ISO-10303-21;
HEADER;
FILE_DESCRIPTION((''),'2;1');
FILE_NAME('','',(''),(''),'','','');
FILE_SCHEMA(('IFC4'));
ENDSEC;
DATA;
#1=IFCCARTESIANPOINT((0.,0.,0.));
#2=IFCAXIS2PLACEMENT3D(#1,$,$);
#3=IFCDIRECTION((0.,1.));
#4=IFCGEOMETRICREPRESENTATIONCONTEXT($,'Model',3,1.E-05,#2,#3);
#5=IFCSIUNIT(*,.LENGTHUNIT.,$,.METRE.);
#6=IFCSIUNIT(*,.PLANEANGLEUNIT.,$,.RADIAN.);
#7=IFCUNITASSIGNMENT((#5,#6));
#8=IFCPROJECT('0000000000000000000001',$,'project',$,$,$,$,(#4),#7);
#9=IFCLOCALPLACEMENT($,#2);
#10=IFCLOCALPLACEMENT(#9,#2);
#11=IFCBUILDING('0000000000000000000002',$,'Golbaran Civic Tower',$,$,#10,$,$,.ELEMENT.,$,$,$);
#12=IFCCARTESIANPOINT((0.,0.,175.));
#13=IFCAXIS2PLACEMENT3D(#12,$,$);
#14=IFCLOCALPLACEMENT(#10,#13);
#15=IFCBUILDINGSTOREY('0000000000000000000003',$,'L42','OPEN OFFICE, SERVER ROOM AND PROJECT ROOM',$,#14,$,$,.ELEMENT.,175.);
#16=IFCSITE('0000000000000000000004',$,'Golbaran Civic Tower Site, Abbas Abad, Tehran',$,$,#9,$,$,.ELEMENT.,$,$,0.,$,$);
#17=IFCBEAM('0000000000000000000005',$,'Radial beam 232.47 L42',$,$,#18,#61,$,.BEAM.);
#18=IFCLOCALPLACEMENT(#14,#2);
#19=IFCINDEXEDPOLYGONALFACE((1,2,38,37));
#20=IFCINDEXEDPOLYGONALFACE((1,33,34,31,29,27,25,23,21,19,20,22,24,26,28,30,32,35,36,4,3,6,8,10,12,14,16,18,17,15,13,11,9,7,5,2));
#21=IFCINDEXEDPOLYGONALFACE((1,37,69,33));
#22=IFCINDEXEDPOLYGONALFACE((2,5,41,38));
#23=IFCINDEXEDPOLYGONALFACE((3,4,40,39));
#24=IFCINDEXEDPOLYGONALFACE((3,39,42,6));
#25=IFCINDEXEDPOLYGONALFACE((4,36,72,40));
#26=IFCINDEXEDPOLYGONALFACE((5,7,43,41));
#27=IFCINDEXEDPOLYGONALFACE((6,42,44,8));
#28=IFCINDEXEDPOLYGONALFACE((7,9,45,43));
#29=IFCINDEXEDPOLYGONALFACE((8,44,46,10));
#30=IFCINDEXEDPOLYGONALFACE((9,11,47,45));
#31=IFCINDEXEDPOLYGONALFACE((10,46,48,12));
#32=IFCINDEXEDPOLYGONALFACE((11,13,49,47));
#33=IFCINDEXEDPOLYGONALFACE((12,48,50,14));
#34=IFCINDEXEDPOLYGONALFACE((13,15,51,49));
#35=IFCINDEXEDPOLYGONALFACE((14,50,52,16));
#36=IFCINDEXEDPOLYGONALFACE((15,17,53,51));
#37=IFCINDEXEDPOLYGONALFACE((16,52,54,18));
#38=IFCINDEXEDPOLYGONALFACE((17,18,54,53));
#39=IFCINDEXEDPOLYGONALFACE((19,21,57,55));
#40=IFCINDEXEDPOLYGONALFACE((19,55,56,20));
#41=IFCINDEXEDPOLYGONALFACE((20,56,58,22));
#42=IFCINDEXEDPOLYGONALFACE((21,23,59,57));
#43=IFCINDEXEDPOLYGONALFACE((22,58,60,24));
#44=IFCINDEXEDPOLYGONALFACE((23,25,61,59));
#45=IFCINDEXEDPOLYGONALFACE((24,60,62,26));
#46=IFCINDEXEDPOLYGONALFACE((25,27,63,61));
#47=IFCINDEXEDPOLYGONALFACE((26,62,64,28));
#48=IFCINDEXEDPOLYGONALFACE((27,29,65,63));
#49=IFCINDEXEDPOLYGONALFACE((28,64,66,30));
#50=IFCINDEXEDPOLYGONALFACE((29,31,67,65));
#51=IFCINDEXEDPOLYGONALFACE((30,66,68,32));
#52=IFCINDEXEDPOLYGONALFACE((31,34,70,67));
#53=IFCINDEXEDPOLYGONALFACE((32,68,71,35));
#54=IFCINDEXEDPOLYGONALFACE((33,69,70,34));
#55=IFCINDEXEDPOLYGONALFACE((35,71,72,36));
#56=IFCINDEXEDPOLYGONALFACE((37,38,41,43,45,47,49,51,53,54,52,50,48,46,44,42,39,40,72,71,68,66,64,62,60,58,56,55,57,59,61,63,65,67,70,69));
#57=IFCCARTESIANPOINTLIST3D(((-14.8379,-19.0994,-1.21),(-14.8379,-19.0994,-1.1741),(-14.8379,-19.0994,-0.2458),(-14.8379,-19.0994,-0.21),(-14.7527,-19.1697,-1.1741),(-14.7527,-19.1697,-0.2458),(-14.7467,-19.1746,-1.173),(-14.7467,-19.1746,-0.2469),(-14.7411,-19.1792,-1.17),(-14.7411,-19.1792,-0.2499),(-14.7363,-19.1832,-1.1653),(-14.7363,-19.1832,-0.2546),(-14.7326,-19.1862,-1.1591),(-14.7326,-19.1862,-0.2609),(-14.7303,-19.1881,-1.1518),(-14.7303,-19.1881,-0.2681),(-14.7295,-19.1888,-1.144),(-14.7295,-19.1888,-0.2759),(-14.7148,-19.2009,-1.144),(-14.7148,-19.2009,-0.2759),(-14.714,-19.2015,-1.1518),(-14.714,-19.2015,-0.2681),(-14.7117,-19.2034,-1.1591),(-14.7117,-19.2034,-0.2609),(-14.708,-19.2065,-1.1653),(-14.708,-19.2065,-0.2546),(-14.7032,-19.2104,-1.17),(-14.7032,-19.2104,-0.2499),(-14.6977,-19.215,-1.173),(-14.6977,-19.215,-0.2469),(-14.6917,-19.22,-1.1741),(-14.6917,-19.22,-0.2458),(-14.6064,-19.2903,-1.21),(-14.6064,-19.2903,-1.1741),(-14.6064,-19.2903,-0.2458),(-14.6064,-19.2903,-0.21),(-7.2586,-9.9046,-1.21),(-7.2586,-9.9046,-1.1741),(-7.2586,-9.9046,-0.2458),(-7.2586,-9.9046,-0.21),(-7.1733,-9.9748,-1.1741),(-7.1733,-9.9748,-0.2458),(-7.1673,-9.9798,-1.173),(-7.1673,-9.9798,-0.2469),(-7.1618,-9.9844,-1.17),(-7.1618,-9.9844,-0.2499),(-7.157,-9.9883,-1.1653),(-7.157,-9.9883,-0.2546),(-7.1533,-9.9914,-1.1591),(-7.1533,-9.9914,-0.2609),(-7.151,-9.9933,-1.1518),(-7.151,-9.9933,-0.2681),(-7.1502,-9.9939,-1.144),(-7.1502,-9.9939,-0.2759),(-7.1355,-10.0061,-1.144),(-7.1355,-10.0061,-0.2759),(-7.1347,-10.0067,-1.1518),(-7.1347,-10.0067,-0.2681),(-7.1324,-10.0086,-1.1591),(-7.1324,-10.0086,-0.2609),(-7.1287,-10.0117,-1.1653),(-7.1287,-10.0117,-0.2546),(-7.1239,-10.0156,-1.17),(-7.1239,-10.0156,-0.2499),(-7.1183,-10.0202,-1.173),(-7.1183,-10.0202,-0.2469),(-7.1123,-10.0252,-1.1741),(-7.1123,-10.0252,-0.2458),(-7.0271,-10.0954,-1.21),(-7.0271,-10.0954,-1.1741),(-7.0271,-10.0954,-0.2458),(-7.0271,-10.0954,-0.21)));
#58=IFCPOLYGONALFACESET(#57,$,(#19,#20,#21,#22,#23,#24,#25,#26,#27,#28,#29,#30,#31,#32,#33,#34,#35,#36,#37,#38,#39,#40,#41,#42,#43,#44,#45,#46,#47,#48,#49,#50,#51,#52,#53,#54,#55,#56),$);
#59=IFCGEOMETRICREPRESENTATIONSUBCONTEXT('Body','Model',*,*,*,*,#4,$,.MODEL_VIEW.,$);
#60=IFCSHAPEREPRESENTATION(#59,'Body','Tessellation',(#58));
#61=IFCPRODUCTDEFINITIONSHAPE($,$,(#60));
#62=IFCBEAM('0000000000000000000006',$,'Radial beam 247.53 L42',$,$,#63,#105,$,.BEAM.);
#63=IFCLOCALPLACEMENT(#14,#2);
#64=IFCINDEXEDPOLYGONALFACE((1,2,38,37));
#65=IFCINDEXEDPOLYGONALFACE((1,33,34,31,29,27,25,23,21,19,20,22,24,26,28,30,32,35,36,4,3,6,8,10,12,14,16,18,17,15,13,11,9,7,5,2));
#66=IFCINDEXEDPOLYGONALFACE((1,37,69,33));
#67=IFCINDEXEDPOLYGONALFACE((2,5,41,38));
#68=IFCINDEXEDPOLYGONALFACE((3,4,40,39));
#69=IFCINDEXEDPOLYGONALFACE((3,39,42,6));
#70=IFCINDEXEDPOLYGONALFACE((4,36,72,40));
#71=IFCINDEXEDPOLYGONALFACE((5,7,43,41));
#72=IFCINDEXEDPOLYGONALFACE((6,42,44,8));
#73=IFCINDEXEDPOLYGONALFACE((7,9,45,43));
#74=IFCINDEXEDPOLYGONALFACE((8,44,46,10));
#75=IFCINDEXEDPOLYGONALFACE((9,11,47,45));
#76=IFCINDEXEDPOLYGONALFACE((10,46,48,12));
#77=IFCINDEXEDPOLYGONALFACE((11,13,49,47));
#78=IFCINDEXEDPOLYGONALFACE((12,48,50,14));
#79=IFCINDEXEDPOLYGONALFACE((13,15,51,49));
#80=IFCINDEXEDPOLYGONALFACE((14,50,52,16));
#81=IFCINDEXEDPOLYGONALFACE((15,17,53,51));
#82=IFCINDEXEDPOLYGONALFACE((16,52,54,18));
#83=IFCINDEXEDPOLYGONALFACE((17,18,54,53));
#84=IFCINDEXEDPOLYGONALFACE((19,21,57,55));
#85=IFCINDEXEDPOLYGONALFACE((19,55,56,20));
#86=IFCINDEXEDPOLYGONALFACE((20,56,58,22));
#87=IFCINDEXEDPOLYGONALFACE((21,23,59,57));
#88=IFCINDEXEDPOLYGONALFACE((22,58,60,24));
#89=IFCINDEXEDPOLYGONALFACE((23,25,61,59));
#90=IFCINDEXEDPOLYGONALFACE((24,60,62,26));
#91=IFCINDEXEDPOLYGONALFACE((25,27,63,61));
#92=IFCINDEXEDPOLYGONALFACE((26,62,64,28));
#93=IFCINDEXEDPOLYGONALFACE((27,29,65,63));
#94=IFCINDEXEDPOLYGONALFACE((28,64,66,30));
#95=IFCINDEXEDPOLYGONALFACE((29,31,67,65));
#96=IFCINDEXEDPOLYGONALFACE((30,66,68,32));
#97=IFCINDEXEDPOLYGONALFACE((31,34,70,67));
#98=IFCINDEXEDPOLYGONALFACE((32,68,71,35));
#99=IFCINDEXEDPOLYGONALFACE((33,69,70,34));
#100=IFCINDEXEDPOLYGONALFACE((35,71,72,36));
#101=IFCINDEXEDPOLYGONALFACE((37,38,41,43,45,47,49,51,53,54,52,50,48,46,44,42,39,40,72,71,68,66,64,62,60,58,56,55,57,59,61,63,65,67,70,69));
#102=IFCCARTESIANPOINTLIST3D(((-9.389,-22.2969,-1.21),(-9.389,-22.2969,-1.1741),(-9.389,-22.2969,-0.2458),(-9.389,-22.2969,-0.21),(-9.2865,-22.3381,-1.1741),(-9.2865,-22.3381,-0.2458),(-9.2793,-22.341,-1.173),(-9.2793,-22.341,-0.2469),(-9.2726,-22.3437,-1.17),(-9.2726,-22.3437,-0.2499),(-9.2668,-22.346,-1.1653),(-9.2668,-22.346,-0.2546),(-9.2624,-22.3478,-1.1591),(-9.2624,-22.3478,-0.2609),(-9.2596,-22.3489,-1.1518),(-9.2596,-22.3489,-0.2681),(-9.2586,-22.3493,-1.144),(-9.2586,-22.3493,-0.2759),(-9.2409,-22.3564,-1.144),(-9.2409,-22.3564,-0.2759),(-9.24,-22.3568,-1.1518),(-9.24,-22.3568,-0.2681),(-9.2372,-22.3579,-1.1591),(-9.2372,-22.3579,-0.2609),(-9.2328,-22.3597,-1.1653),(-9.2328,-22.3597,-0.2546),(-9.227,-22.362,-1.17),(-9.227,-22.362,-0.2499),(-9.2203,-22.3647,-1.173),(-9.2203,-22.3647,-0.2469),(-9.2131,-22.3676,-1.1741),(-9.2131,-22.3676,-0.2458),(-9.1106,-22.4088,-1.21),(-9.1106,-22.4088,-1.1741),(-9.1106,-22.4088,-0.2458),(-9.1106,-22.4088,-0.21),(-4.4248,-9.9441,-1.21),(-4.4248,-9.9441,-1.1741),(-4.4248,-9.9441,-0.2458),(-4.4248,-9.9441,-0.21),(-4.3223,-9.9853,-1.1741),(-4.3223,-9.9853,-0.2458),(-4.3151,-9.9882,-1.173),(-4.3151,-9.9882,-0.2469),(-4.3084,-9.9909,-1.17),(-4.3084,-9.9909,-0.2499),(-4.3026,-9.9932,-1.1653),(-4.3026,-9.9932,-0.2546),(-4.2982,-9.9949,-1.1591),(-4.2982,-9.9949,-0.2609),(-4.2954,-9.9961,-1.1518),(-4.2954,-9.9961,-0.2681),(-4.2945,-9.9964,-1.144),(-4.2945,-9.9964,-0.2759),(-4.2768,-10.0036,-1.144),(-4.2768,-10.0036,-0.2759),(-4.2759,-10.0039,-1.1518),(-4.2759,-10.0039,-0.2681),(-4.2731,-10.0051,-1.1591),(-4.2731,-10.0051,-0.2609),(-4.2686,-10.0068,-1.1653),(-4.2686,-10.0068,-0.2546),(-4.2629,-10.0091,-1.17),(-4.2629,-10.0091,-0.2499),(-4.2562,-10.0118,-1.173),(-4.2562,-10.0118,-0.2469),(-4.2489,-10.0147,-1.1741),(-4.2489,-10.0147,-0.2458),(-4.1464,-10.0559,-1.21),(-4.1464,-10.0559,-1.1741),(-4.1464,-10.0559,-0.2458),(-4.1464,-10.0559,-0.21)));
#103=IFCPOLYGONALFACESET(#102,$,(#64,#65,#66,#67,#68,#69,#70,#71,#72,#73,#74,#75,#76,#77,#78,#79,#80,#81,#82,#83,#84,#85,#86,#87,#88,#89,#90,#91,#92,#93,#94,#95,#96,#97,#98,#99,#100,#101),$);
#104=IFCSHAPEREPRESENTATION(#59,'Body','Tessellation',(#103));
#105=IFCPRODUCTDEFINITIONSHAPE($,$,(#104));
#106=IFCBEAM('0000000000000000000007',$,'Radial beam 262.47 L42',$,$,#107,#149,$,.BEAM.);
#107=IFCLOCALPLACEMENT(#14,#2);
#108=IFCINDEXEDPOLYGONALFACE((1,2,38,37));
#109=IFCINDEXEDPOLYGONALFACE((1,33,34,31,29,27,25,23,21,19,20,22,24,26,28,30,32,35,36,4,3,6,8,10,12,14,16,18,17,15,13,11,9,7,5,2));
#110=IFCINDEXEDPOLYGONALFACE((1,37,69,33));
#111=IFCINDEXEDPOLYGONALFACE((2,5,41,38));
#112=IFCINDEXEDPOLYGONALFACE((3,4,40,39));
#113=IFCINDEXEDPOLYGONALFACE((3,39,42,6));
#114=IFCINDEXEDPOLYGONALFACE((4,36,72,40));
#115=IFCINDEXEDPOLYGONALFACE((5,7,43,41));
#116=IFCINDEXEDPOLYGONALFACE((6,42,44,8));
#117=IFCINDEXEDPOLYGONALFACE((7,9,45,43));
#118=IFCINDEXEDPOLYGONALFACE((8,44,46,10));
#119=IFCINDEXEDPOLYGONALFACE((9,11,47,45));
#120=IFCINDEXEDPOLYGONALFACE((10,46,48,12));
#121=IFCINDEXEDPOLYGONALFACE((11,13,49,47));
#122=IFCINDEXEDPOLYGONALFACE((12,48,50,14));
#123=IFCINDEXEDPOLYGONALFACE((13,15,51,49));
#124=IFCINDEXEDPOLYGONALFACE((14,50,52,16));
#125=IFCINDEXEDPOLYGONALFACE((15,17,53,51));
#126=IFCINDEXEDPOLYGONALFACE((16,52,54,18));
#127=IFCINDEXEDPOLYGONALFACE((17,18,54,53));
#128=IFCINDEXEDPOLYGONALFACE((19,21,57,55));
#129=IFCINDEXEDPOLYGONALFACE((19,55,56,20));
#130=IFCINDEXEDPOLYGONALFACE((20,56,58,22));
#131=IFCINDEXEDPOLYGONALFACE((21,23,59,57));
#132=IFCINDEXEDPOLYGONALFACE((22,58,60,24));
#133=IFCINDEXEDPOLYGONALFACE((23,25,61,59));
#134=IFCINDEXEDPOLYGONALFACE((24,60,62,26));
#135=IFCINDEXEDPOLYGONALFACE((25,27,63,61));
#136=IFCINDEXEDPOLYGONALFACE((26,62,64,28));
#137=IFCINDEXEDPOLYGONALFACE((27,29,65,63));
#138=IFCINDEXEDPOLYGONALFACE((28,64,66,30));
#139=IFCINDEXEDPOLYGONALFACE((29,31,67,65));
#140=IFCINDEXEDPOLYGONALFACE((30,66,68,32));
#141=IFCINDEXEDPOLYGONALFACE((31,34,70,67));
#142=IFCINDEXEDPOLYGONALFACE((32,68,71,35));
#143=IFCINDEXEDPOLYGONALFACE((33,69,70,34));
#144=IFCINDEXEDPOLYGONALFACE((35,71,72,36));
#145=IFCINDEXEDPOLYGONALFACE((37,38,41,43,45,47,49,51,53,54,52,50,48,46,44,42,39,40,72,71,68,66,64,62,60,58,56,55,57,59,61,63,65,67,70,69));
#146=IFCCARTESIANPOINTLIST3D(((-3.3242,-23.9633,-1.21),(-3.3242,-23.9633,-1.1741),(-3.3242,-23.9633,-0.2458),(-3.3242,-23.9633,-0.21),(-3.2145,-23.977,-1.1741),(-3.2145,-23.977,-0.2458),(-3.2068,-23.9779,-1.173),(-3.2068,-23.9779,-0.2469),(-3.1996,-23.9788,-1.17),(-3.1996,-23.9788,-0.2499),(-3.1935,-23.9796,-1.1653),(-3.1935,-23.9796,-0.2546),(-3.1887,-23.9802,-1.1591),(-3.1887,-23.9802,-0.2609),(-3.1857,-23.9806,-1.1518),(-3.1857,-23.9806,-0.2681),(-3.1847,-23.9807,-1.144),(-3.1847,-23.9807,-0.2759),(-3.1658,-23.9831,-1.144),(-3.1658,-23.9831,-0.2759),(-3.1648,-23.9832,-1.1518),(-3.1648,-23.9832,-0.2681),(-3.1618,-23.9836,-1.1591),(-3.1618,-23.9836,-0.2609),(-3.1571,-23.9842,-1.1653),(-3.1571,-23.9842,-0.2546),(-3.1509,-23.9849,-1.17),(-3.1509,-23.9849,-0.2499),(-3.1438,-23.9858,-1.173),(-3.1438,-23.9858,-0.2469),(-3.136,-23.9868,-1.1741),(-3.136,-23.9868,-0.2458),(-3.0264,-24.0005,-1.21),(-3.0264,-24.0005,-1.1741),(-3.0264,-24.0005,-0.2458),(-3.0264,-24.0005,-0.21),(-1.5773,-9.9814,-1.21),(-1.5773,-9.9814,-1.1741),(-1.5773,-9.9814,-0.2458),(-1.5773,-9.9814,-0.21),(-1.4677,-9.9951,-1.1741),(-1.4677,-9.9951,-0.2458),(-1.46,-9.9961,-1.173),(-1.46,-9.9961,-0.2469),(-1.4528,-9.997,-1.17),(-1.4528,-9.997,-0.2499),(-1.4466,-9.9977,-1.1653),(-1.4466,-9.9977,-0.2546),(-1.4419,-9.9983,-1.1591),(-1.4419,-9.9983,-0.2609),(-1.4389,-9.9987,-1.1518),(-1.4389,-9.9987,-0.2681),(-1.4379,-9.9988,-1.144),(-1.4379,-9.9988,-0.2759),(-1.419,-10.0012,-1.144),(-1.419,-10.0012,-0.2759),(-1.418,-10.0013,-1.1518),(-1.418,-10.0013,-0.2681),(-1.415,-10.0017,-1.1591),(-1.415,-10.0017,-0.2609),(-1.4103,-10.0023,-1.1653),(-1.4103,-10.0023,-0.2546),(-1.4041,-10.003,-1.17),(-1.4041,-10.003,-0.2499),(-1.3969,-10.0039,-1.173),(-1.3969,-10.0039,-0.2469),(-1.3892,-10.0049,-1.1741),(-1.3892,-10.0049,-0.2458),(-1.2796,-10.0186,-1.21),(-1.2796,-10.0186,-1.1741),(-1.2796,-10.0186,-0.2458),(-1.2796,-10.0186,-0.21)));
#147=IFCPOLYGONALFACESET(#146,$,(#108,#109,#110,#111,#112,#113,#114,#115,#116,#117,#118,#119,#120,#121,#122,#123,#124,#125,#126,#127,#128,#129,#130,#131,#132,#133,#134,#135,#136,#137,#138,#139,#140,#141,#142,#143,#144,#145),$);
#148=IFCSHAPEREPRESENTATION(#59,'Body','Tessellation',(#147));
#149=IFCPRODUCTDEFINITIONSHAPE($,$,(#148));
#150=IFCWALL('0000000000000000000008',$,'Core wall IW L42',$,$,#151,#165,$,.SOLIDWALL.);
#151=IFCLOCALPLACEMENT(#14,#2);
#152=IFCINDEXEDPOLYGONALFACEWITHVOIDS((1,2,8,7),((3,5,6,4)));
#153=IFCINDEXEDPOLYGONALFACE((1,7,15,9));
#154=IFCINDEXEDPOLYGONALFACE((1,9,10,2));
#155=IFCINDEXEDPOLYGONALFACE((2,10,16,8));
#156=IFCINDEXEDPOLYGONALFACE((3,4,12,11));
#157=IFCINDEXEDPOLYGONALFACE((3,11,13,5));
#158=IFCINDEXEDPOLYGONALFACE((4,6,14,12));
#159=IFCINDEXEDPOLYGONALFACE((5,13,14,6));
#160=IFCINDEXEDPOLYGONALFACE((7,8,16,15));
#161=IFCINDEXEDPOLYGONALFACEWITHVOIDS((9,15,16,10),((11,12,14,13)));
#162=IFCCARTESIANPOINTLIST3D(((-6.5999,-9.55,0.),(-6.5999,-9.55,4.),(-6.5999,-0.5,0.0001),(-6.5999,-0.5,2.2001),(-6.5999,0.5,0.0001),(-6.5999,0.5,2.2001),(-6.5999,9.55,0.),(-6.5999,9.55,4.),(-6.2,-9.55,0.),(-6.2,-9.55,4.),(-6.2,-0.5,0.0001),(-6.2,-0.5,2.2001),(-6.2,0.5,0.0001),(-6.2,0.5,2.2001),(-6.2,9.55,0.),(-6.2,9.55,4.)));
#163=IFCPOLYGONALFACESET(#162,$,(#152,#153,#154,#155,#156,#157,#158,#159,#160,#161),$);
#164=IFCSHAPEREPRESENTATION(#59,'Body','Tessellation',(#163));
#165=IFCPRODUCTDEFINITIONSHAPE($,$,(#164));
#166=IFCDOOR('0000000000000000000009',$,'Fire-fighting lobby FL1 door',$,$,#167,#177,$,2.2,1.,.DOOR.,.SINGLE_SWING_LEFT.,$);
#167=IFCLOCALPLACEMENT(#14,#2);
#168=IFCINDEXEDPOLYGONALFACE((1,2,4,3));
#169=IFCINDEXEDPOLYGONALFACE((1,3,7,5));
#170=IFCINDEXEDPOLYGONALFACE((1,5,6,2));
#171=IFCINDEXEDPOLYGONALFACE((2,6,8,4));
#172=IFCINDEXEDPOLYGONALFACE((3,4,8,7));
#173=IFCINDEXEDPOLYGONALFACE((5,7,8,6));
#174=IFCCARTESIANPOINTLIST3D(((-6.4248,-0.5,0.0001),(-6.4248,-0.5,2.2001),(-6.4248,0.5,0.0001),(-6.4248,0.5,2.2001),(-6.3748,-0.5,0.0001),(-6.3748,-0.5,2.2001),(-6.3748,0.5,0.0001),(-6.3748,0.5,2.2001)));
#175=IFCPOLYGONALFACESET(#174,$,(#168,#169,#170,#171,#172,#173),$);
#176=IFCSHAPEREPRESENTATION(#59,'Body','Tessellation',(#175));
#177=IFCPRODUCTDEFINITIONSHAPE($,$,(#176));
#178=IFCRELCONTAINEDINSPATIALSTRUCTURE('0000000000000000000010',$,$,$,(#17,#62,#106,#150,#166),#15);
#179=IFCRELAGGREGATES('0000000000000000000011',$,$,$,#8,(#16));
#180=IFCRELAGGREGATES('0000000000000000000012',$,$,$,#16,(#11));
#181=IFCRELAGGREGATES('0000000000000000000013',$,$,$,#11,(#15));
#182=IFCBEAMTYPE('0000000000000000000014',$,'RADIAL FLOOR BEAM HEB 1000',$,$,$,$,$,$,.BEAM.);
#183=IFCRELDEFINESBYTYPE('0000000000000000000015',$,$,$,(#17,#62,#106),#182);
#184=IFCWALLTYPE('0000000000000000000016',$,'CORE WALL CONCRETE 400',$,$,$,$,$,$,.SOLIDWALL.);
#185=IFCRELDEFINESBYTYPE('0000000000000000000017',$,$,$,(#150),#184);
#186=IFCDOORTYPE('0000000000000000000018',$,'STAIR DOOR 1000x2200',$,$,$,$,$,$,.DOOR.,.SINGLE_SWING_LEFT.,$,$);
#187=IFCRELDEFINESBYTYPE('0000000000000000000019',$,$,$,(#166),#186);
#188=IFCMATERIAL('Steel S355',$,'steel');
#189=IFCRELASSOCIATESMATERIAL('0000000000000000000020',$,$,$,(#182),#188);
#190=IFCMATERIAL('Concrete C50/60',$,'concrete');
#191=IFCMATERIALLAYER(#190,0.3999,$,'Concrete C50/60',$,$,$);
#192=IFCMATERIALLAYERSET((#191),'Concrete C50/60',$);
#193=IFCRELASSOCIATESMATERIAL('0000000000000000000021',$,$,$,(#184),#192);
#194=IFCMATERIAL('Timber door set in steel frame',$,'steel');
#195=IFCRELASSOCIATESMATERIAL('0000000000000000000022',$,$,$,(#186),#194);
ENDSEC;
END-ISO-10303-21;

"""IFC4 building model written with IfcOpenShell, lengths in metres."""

from ifc_helpers import new_model, si_unit, direction, frame, frame_2d, origin, origin_2d, place, context, subcontext, project, spatial, rectangle, i_section, extrude, material, layer, layer_set, material_profile, profile_set, type_object, element, fill, save


model = new_model("IFC4")

# Units and contexts
model_context = context("Model", 3, precision=1e-05, world=origin(), true_north=direction((0.0, 1.0)))
body_context = subcontext(model_context, "Body", "Model", "MODEL_VIEW")
ifc_project = project(units=[si_unit("LENGTHUNIT", "METRE"), si_unit("PLANEANGLEUNIT", "RADIAN")], contexts=[model_context])

# Site, building, storey
site_placement = place(None, origin())
site = spatial("IfcSite", under=ifc_project, at=site_placement, Name="Golbaran Civic Tower Site, Abbas Abad, Tehran", CompositionType="ELEMENT", RefElevation=0.0)
building_placement = place(site_placement, origin())
building = spatial("IfcBuilding", under=site, at=building_placement, Name="Golbaran Civic Tower", CompositionType="ELEMENT")
storey_placement = place(building_placement, frame((0.0, 0.0, 175.0)))
storey = spatial("IfcBuildingStorey", under=building, at=storey_placement, Name="L42", Description="OPEN OFFICE, SERVER ROOM AND PROJECT ROOM", CompositionType="ELEMENT", Elevation=175.0)

# Beams
ifc_material_1 = material(Name="Steel S355", Category="steel")
ifc_material_profile_1 = material_profile(ifc_material_1, i_section(OverallWidth=0.3, OverallDepth=1.0, WebThickness=0.019, FlangeThickness=0.0359, FilletRadius=0.03, at=origin_2d()), Name="HEB 1000")
ifc_profile_set_1 = profile_set([ifc_material_profile_1], Name="Steel S355")
beam_type_1 = type_object("IfcBeamType", Name="RADIAL FLOOR BEAM HEB 1000", PredefinedType="BEAM", material=ifc_profile_set_1)
beam_1_placement = place(storey_placement, frame((-7.1428, -10.0, -0.71), z_axis=(-0.636064, -0.771636, 0.0), x_axis=(0.771636, -0.636064, 0.0)))
element("IfcBeam", 1, at=beam_1_placement, inside=storey, type_object=beam_type_1, Name="Radial beam 232.47 L42", PredefinedType="BEAM", context=body_context, shape_type="SweptSolid", body=[
    extrude(i_section(OverallWidth=0.3, OverallDepth=1.0, WebThickness=0.019, FlangeThickness=0.0359, FilletRadius=0.03, at=origin_2d()), origin(), (0.0, 0.0, 1.0), 11.916),
])
beam_2_placement = place(storey_placement, frame((-4.2856, -10.0, -0.71), z_axis=(-0.372879, -0.92788, 0.0), x_axis=(0.92788, -0.372879, 0.0)))
element("IfcBeam", 2, at=beam_2_placement, inside=storey, type_object=beam_type_1, Name="Radial beam 247.53 L42", PredefinedType="BEAM", context=body_context, shape_type="SweptSolid", body=[
    extrude(i_section(OverallWidth=0.3, OverallDepth=1.0, WebThickness=0.019, FlangeThickness=0.0359, FilletRadius=0.03, at=origin_2d()), origin(), (0.0, 0.0, 1.0), 13.313),
])
beam_3_placement = place(storey_placement, frame((-1.4285, -10.0, -0.71), z_axis=(-0.123971, -0.992286, 0.0), x_axis=(0.992286, -0.123971, 0.0)))
element("IfcBeam", 3, at=beam_3_placement, inside=storey, type_object=beam_type_1, Name="Radial beam 262.47 L42", PredefinedType="BEAM", context=body_context, shape_type="SweptSolid", body=[
    extrude(i_section(OverallWidth=0.3, OverallDepth=1.0, WebThickness=0.019, FlangeThickness=0.0359, FilletRadius=0.03, at=origin_2d()), origin(), (0.0, 0.0, 1.0), 14.0906),
])

# Wall, opening, door
ifc_material_2 = material(Name="Concrete C50/60", Category="concrete")
ifc_layer_1 = layer(ifc_material_2, 0.3999, Name="Concrete C50/60")
ifc_layer_set_1 = layer_set([ifc_layer_1], Name="Concrete C50/60")
wall_type_1 = type_object("IfcWallType", Name="CORE WALL CONCRETE 400", PredefinedType="SOLIDWALL", material=ifc_layer_set_1)
wall_1_placement = place(storey_placement, frame((-6.3999, -9.55, 0.0), z_axis=(0.0, 0.0, 1.0), x_axis=(0.0, 1.0, 0.0)))
wall_1 = element("IfcWall", 4, at=wall_1_placement, inside=storey, type_object=wall_type_1, Name="Core wall IW L42", PredefinedType="SOLIDWALL", context=body_context, shape_type="SweptSolid", body=[
    extrude(rectangle(XDim=19.1001, YDim=0.3999, at=frame_2d((9.55, 0.0))), origin(), (0.0, 0.0, 1.0), 4.0),
])
opening_1_placement = place(wall_1_placement, frame((9.05, 0.0, 0.0)))
opening_1 = element("IfcOpeningElement", 5, at=opening_1_placement, cuts=wall_1, PredefinedType="OPENING", context=body_context, shape_type="SweptSolid", body=[
    extrude(rectangle(XDim=1.0, YDim=2.2, at=frame_2d((0.5, 1.1001))), frame((0.0, 0.21, 0.0), z_axis=(0.0, -1.0, 0.0), x_axis=(1.0, 0.0, 0.0)), (0.0, 0.0, 1.0), 0.4199),
])
ifc_material_3 = material(Name="Timber door set in steel frame", Category="steel")
door_type_1 = type_object("IfcDoorType", Name="STAIR DOOR 1000x2200", OperationType="SINGLE_SWING_LEFT", PredefinedType="DOOR", material=ifc_material_3)
door_1_placement = place(opening_1_placement, origin())
door_1 = element("IfcDoor", 6, at=door_1_placement, inside=storey, type_object=door_type_1, Name="Fire-fighting lobby FL1 door", OperationType="SINGLE_SWING_LEFT", OverallHeight=2.2, OverallWidth=1.0, PredefinedType="DOOR", context=body_context, shape_type="SweptSolid", body=[
    extrude(rectangle(XDim=1.0, YDim=2.2, at=frame_2d((0.5, 1.1001))), frame((0.0, 0.0249, 0.0), z_axis=(0.0, -1.0, 0.0), x_axis=(1.0, 0.0, 0.0)), (0.0, 0.0, 1.0), 0.05),
])
fill(opening_1, door_1)

save(model, "model.ifc")
